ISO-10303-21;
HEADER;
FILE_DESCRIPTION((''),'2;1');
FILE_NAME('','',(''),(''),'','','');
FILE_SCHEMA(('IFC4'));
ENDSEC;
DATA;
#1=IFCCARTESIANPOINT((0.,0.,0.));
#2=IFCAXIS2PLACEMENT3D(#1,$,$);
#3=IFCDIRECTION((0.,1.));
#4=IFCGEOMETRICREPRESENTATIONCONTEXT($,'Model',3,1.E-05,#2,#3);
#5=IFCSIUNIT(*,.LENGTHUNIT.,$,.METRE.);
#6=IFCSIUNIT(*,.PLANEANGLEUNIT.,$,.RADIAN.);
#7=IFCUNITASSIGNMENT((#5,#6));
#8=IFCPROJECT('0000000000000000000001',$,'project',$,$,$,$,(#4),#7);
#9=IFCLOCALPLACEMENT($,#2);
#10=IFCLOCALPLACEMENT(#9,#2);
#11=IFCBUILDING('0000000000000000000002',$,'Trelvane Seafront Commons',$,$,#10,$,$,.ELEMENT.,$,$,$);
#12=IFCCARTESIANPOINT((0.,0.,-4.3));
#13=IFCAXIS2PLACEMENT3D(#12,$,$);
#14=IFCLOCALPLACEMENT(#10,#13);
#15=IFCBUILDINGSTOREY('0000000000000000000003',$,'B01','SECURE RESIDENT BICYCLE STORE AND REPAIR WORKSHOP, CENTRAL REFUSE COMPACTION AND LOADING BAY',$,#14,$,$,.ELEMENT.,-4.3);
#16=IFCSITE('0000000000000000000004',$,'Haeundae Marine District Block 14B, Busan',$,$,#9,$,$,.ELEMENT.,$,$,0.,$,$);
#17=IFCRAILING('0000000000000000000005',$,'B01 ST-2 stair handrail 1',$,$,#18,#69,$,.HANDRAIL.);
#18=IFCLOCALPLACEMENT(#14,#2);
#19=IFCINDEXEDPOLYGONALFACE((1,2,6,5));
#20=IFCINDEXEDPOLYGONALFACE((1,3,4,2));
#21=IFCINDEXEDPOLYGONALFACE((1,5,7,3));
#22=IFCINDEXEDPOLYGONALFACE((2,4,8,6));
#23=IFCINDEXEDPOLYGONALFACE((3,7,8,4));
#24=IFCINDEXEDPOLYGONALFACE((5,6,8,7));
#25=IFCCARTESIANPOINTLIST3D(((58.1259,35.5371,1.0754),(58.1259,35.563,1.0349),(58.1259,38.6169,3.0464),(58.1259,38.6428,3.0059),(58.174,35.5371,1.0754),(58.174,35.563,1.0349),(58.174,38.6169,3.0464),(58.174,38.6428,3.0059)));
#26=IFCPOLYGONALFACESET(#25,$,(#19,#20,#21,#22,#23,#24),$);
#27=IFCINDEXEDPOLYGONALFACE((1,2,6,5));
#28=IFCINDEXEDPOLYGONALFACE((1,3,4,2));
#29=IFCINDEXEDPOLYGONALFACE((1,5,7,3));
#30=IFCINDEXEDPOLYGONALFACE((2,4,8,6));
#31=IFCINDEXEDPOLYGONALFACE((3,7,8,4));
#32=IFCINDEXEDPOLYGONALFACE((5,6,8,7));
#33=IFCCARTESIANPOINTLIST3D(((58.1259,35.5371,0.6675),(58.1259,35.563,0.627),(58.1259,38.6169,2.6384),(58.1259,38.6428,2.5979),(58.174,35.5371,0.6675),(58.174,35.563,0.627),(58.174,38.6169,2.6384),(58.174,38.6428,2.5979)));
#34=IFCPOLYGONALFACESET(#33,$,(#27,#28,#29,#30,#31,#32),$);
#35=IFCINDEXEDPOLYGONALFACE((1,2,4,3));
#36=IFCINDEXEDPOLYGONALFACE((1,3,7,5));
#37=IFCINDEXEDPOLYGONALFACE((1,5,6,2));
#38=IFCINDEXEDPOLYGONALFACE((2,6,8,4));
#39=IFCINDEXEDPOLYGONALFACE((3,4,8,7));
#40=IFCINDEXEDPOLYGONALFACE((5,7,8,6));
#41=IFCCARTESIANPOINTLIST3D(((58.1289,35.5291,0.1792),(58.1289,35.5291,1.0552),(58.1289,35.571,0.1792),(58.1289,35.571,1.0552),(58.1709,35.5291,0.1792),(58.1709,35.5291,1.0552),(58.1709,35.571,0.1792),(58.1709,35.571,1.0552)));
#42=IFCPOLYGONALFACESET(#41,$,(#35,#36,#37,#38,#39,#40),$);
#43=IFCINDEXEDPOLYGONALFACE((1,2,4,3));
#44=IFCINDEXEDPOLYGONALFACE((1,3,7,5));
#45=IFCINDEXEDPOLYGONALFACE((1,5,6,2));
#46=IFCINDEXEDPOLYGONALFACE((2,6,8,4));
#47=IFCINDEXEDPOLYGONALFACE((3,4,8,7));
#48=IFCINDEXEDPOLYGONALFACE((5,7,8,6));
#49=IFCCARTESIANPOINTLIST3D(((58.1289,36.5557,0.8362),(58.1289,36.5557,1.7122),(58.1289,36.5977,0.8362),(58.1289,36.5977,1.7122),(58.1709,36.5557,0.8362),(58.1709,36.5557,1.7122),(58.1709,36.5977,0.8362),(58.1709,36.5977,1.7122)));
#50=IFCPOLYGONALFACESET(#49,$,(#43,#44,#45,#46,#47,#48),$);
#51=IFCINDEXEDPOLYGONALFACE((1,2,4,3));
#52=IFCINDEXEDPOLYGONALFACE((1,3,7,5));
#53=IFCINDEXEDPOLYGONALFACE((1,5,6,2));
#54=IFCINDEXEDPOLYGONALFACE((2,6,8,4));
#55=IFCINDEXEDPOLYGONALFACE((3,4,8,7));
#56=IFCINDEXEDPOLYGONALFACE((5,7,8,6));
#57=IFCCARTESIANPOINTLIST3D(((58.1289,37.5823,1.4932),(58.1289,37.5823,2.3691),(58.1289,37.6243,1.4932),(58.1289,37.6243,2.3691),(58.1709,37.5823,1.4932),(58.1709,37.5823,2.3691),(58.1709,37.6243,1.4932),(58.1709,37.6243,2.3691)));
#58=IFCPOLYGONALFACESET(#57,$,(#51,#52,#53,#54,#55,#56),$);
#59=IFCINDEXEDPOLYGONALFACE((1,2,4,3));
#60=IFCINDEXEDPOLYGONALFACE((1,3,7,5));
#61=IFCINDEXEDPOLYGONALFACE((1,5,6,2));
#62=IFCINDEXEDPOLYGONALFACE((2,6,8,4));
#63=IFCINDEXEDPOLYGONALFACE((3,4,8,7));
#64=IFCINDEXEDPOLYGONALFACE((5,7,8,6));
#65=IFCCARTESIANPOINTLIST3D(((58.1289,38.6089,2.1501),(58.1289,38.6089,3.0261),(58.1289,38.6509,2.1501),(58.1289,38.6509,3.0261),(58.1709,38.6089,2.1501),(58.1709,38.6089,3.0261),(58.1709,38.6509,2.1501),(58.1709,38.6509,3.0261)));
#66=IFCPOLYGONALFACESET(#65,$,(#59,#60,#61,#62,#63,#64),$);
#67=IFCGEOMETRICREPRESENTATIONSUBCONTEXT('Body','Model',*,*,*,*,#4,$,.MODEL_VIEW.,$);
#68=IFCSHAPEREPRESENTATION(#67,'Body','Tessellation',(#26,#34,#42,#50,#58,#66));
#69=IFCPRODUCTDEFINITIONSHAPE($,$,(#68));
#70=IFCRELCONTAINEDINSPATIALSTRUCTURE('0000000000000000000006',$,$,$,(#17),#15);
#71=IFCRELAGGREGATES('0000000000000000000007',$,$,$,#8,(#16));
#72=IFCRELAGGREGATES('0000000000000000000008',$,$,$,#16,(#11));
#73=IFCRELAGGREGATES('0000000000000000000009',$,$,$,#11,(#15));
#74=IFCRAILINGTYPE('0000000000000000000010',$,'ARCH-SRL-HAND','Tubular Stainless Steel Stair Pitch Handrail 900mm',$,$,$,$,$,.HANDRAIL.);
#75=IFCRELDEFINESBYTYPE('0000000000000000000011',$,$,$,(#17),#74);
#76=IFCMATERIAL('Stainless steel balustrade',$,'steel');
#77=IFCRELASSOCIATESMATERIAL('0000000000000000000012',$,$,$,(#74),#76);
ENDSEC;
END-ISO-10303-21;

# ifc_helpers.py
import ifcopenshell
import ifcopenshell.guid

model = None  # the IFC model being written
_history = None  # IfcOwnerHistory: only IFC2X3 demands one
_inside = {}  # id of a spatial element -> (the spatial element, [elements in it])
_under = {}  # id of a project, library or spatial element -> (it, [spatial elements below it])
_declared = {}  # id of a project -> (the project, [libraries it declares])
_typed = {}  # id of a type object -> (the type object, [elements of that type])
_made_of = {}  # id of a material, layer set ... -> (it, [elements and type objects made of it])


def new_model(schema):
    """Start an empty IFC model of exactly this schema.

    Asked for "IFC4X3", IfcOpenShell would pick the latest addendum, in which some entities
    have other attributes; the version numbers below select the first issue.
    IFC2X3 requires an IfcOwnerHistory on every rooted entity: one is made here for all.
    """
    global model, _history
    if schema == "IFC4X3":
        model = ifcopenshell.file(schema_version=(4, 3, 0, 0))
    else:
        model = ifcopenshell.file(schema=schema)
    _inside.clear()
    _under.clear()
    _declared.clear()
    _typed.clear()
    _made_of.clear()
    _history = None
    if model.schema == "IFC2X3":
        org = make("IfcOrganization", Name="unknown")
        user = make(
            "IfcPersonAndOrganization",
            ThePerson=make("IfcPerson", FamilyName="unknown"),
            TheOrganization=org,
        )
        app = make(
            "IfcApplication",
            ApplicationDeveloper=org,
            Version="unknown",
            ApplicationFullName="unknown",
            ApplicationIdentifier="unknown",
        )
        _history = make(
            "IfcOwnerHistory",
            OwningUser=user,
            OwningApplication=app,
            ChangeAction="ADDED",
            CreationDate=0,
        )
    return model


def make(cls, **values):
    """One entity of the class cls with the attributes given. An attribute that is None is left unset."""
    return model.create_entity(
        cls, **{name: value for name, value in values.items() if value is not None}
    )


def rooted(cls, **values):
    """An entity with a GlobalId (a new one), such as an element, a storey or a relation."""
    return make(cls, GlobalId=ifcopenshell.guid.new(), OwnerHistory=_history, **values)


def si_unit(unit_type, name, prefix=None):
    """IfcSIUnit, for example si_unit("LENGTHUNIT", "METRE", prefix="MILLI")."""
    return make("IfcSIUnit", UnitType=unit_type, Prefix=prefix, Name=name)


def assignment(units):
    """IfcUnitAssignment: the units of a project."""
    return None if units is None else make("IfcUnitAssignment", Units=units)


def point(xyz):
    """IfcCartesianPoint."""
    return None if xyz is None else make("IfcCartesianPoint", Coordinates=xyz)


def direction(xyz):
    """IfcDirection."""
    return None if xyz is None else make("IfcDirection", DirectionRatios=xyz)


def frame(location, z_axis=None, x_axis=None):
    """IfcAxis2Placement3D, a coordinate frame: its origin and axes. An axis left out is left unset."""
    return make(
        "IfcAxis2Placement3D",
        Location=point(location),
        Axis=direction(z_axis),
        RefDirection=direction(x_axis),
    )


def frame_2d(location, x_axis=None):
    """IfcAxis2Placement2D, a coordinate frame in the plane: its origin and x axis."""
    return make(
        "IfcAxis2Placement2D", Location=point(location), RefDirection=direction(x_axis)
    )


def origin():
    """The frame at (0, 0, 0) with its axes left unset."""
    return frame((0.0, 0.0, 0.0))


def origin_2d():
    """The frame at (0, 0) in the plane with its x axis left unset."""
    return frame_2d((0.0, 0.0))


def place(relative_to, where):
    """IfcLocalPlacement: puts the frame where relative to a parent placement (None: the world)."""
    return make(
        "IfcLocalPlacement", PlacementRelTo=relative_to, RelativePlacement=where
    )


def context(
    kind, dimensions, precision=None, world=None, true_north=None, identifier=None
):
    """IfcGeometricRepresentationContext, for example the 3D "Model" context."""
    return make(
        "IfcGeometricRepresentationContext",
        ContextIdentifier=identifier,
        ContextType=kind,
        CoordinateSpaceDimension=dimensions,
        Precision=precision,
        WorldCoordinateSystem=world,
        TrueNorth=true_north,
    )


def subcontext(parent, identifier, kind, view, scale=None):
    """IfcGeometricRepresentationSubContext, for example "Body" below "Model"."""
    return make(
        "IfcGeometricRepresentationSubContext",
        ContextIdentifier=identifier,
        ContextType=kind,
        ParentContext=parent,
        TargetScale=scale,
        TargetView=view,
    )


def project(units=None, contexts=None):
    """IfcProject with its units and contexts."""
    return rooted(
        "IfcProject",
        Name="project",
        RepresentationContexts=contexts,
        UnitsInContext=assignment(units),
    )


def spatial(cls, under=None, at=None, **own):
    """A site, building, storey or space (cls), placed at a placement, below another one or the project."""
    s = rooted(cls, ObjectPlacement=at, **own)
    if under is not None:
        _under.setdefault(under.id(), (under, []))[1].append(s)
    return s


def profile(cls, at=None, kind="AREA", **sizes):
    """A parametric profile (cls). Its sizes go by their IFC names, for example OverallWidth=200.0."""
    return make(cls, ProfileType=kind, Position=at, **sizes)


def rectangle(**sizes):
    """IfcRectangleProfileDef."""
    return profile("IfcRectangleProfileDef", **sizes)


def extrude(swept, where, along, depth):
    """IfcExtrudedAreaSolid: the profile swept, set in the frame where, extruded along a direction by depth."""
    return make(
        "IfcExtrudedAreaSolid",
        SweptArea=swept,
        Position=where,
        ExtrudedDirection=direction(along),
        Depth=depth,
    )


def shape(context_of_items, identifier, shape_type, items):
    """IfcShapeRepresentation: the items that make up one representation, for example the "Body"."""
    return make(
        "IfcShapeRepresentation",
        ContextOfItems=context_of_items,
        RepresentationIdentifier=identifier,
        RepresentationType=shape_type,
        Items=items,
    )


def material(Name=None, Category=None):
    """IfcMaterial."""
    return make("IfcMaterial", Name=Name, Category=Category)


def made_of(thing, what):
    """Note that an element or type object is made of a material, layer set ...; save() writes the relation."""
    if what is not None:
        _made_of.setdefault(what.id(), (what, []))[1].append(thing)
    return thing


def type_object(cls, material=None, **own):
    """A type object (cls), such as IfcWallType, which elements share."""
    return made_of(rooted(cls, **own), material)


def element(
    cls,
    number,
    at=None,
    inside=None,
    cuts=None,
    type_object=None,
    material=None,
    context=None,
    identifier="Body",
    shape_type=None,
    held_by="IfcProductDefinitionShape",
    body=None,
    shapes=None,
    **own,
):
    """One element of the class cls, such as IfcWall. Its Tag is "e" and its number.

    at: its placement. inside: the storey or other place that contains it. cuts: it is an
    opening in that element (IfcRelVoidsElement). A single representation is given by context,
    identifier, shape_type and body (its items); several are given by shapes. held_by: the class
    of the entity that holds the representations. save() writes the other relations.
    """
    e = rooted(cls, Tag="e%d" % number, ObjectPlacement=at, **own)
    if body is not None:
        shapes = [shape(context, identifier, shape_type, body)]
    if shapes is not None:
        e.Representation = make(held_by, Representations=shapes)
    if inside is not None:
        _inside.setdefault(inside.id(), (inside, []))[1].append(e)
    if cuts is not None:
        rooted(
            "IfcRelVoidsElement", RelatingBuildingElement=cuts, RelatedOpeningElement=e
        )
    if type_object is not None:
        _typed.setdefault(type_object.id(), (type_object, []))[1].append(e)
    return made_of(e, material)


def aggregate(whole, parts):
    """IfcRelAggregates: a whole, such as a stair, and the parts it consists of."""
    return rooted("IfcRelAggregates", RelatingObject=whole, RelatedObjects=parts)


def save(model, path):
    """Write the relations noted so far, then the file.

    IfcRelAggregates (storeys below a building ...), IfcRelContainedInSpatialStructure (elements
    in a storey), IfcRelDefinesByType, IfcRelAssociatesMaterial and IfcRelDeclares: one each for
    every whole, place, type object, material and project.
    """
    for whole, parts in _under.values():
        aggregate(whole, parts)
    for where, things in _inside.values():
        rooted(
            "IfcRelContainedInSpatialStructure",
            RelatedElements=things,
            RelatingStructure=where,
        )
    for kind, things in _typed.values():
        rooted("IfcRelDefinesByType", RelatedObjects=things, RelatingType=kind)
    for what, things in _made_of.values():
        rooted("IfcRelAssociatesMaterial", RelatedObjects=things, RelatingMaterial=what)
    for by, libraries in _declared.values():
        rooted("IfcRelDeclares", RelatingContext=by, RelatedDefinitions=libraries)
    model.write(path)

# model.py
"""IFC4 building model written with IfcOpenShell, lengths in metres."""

from ifc_helpers import new_model, si_unit, direction, frame, origin, origin_2d, place, context, subcontext, project, spatial, rectangle, extrude, material, type_object, element, save


model = new_model("IFC4")

# Units and contexts
model_context = context("Model", 3, precision=1e-05, world=origin(), true_north=direction((0.0, 1.0)))
body_context = subcontext(model_context, "Body", "Model", "MODEL_VIEW")
ifc_project = project(units=[si_unit("LENGTHUNIT", "METRE"), si_unit("PLANEANGLEUNIT", "RADIAN")], contexts=[model_context])

# Site, building, storey
site_placement = place(None, origin())
site = spatial("IfcSite", under=ifc_project, at=site_placement, Name="Haeundae Marine District Block 14B, Busan", CompositionType="ELEMENT", RefElevation=0.0)
building_placement = place(site_placement, origin())
building = spatial("IfcBuilding", under=site, at=building_placement, Name="Trelvane Seafront Commons", CompositionType="ELEMENT")
storey_placement = place(building_placement, frame((0.0, 0.0, -4.3)))
storey = spatial("IfcBuildingStorey", under=building, at=storey_placement, Name="B01", Description="SECURE RESIDENT BICYCLE STORE AND REPAIR WORKSHOP, CENTRAL REFUSE COMPACTION AND LOADING BAY", CompositionType="ELEMENT", Elevation=-4.3)

# Railing
ifc_material_1 = material(Name="Stainless steel balustrade", Category="steel")
railing_type_1 = type_object("IfcRailingType", Name="ARCH-SRL-HAND", Description="Tubular Stainless Steel Stair Pitch Handrail 900mm", PredefinedType="HANDRAIL", material=ifc_material_1)
railing_1_placement = place(storey_placement, frame((58.1499, 35.55, 0.1792)))
element("IfcRailing", 1, at=railing_1_placement, inside=storey, type_object=railing_type_1, Name="B01 ST-2 stair handrail 1", PredefinedType="HANDRAIL", context=body_context, shape_type="SweptSolid", body=[
    extrude(rectangle(XDim=0.0481, YDim=0.0481, at=origin_2d()), frame((0.0, 0.0, 0.876), z_axis=(0.0, 0.84229, 0.539025), x_axis=(-1.0, 0.0, 0.0)), (0.0, 0.0, 1.0), 3.6565),
    extrude(rectangle(XDim=0.0481, YDim=0.0481, at=origin_2d()), frame((0.0, 0.0, 0.468), z_axis=(0.0, 0.84229, 0.539025), x_axis=(-1.0, 0.0, 0.0)), (0.0, 0.0, 1.0), 3.6565),
    extrude(rectangle(XDim=0.042, YDim=0.042, at=origin_2d()), origin(), (0.0, 0.0, 1.0), 0.876),
    extrude(rectangle(XDim=0.042, YDim=0.042, at=origin_2d()), frame((0.0, 1.0266, 0.657)), (0.0, 0.0, 1.0), 0.876),
    extrude(rectangle(XDim=0.042, YDim=0.042, at=origin_2d()), frame((0.0, 2.0532, 1.314)), (0.0, 0.0, 1.0), 0.876),
    extrude(rectangle(XDim=0.042, YDim=0.042, at=origin_2d()), frame((0.0, 3.0798, 1.9709)), (0.0, 0.0, 1.0), 0.876),
])

save(model, "model.ifc")
